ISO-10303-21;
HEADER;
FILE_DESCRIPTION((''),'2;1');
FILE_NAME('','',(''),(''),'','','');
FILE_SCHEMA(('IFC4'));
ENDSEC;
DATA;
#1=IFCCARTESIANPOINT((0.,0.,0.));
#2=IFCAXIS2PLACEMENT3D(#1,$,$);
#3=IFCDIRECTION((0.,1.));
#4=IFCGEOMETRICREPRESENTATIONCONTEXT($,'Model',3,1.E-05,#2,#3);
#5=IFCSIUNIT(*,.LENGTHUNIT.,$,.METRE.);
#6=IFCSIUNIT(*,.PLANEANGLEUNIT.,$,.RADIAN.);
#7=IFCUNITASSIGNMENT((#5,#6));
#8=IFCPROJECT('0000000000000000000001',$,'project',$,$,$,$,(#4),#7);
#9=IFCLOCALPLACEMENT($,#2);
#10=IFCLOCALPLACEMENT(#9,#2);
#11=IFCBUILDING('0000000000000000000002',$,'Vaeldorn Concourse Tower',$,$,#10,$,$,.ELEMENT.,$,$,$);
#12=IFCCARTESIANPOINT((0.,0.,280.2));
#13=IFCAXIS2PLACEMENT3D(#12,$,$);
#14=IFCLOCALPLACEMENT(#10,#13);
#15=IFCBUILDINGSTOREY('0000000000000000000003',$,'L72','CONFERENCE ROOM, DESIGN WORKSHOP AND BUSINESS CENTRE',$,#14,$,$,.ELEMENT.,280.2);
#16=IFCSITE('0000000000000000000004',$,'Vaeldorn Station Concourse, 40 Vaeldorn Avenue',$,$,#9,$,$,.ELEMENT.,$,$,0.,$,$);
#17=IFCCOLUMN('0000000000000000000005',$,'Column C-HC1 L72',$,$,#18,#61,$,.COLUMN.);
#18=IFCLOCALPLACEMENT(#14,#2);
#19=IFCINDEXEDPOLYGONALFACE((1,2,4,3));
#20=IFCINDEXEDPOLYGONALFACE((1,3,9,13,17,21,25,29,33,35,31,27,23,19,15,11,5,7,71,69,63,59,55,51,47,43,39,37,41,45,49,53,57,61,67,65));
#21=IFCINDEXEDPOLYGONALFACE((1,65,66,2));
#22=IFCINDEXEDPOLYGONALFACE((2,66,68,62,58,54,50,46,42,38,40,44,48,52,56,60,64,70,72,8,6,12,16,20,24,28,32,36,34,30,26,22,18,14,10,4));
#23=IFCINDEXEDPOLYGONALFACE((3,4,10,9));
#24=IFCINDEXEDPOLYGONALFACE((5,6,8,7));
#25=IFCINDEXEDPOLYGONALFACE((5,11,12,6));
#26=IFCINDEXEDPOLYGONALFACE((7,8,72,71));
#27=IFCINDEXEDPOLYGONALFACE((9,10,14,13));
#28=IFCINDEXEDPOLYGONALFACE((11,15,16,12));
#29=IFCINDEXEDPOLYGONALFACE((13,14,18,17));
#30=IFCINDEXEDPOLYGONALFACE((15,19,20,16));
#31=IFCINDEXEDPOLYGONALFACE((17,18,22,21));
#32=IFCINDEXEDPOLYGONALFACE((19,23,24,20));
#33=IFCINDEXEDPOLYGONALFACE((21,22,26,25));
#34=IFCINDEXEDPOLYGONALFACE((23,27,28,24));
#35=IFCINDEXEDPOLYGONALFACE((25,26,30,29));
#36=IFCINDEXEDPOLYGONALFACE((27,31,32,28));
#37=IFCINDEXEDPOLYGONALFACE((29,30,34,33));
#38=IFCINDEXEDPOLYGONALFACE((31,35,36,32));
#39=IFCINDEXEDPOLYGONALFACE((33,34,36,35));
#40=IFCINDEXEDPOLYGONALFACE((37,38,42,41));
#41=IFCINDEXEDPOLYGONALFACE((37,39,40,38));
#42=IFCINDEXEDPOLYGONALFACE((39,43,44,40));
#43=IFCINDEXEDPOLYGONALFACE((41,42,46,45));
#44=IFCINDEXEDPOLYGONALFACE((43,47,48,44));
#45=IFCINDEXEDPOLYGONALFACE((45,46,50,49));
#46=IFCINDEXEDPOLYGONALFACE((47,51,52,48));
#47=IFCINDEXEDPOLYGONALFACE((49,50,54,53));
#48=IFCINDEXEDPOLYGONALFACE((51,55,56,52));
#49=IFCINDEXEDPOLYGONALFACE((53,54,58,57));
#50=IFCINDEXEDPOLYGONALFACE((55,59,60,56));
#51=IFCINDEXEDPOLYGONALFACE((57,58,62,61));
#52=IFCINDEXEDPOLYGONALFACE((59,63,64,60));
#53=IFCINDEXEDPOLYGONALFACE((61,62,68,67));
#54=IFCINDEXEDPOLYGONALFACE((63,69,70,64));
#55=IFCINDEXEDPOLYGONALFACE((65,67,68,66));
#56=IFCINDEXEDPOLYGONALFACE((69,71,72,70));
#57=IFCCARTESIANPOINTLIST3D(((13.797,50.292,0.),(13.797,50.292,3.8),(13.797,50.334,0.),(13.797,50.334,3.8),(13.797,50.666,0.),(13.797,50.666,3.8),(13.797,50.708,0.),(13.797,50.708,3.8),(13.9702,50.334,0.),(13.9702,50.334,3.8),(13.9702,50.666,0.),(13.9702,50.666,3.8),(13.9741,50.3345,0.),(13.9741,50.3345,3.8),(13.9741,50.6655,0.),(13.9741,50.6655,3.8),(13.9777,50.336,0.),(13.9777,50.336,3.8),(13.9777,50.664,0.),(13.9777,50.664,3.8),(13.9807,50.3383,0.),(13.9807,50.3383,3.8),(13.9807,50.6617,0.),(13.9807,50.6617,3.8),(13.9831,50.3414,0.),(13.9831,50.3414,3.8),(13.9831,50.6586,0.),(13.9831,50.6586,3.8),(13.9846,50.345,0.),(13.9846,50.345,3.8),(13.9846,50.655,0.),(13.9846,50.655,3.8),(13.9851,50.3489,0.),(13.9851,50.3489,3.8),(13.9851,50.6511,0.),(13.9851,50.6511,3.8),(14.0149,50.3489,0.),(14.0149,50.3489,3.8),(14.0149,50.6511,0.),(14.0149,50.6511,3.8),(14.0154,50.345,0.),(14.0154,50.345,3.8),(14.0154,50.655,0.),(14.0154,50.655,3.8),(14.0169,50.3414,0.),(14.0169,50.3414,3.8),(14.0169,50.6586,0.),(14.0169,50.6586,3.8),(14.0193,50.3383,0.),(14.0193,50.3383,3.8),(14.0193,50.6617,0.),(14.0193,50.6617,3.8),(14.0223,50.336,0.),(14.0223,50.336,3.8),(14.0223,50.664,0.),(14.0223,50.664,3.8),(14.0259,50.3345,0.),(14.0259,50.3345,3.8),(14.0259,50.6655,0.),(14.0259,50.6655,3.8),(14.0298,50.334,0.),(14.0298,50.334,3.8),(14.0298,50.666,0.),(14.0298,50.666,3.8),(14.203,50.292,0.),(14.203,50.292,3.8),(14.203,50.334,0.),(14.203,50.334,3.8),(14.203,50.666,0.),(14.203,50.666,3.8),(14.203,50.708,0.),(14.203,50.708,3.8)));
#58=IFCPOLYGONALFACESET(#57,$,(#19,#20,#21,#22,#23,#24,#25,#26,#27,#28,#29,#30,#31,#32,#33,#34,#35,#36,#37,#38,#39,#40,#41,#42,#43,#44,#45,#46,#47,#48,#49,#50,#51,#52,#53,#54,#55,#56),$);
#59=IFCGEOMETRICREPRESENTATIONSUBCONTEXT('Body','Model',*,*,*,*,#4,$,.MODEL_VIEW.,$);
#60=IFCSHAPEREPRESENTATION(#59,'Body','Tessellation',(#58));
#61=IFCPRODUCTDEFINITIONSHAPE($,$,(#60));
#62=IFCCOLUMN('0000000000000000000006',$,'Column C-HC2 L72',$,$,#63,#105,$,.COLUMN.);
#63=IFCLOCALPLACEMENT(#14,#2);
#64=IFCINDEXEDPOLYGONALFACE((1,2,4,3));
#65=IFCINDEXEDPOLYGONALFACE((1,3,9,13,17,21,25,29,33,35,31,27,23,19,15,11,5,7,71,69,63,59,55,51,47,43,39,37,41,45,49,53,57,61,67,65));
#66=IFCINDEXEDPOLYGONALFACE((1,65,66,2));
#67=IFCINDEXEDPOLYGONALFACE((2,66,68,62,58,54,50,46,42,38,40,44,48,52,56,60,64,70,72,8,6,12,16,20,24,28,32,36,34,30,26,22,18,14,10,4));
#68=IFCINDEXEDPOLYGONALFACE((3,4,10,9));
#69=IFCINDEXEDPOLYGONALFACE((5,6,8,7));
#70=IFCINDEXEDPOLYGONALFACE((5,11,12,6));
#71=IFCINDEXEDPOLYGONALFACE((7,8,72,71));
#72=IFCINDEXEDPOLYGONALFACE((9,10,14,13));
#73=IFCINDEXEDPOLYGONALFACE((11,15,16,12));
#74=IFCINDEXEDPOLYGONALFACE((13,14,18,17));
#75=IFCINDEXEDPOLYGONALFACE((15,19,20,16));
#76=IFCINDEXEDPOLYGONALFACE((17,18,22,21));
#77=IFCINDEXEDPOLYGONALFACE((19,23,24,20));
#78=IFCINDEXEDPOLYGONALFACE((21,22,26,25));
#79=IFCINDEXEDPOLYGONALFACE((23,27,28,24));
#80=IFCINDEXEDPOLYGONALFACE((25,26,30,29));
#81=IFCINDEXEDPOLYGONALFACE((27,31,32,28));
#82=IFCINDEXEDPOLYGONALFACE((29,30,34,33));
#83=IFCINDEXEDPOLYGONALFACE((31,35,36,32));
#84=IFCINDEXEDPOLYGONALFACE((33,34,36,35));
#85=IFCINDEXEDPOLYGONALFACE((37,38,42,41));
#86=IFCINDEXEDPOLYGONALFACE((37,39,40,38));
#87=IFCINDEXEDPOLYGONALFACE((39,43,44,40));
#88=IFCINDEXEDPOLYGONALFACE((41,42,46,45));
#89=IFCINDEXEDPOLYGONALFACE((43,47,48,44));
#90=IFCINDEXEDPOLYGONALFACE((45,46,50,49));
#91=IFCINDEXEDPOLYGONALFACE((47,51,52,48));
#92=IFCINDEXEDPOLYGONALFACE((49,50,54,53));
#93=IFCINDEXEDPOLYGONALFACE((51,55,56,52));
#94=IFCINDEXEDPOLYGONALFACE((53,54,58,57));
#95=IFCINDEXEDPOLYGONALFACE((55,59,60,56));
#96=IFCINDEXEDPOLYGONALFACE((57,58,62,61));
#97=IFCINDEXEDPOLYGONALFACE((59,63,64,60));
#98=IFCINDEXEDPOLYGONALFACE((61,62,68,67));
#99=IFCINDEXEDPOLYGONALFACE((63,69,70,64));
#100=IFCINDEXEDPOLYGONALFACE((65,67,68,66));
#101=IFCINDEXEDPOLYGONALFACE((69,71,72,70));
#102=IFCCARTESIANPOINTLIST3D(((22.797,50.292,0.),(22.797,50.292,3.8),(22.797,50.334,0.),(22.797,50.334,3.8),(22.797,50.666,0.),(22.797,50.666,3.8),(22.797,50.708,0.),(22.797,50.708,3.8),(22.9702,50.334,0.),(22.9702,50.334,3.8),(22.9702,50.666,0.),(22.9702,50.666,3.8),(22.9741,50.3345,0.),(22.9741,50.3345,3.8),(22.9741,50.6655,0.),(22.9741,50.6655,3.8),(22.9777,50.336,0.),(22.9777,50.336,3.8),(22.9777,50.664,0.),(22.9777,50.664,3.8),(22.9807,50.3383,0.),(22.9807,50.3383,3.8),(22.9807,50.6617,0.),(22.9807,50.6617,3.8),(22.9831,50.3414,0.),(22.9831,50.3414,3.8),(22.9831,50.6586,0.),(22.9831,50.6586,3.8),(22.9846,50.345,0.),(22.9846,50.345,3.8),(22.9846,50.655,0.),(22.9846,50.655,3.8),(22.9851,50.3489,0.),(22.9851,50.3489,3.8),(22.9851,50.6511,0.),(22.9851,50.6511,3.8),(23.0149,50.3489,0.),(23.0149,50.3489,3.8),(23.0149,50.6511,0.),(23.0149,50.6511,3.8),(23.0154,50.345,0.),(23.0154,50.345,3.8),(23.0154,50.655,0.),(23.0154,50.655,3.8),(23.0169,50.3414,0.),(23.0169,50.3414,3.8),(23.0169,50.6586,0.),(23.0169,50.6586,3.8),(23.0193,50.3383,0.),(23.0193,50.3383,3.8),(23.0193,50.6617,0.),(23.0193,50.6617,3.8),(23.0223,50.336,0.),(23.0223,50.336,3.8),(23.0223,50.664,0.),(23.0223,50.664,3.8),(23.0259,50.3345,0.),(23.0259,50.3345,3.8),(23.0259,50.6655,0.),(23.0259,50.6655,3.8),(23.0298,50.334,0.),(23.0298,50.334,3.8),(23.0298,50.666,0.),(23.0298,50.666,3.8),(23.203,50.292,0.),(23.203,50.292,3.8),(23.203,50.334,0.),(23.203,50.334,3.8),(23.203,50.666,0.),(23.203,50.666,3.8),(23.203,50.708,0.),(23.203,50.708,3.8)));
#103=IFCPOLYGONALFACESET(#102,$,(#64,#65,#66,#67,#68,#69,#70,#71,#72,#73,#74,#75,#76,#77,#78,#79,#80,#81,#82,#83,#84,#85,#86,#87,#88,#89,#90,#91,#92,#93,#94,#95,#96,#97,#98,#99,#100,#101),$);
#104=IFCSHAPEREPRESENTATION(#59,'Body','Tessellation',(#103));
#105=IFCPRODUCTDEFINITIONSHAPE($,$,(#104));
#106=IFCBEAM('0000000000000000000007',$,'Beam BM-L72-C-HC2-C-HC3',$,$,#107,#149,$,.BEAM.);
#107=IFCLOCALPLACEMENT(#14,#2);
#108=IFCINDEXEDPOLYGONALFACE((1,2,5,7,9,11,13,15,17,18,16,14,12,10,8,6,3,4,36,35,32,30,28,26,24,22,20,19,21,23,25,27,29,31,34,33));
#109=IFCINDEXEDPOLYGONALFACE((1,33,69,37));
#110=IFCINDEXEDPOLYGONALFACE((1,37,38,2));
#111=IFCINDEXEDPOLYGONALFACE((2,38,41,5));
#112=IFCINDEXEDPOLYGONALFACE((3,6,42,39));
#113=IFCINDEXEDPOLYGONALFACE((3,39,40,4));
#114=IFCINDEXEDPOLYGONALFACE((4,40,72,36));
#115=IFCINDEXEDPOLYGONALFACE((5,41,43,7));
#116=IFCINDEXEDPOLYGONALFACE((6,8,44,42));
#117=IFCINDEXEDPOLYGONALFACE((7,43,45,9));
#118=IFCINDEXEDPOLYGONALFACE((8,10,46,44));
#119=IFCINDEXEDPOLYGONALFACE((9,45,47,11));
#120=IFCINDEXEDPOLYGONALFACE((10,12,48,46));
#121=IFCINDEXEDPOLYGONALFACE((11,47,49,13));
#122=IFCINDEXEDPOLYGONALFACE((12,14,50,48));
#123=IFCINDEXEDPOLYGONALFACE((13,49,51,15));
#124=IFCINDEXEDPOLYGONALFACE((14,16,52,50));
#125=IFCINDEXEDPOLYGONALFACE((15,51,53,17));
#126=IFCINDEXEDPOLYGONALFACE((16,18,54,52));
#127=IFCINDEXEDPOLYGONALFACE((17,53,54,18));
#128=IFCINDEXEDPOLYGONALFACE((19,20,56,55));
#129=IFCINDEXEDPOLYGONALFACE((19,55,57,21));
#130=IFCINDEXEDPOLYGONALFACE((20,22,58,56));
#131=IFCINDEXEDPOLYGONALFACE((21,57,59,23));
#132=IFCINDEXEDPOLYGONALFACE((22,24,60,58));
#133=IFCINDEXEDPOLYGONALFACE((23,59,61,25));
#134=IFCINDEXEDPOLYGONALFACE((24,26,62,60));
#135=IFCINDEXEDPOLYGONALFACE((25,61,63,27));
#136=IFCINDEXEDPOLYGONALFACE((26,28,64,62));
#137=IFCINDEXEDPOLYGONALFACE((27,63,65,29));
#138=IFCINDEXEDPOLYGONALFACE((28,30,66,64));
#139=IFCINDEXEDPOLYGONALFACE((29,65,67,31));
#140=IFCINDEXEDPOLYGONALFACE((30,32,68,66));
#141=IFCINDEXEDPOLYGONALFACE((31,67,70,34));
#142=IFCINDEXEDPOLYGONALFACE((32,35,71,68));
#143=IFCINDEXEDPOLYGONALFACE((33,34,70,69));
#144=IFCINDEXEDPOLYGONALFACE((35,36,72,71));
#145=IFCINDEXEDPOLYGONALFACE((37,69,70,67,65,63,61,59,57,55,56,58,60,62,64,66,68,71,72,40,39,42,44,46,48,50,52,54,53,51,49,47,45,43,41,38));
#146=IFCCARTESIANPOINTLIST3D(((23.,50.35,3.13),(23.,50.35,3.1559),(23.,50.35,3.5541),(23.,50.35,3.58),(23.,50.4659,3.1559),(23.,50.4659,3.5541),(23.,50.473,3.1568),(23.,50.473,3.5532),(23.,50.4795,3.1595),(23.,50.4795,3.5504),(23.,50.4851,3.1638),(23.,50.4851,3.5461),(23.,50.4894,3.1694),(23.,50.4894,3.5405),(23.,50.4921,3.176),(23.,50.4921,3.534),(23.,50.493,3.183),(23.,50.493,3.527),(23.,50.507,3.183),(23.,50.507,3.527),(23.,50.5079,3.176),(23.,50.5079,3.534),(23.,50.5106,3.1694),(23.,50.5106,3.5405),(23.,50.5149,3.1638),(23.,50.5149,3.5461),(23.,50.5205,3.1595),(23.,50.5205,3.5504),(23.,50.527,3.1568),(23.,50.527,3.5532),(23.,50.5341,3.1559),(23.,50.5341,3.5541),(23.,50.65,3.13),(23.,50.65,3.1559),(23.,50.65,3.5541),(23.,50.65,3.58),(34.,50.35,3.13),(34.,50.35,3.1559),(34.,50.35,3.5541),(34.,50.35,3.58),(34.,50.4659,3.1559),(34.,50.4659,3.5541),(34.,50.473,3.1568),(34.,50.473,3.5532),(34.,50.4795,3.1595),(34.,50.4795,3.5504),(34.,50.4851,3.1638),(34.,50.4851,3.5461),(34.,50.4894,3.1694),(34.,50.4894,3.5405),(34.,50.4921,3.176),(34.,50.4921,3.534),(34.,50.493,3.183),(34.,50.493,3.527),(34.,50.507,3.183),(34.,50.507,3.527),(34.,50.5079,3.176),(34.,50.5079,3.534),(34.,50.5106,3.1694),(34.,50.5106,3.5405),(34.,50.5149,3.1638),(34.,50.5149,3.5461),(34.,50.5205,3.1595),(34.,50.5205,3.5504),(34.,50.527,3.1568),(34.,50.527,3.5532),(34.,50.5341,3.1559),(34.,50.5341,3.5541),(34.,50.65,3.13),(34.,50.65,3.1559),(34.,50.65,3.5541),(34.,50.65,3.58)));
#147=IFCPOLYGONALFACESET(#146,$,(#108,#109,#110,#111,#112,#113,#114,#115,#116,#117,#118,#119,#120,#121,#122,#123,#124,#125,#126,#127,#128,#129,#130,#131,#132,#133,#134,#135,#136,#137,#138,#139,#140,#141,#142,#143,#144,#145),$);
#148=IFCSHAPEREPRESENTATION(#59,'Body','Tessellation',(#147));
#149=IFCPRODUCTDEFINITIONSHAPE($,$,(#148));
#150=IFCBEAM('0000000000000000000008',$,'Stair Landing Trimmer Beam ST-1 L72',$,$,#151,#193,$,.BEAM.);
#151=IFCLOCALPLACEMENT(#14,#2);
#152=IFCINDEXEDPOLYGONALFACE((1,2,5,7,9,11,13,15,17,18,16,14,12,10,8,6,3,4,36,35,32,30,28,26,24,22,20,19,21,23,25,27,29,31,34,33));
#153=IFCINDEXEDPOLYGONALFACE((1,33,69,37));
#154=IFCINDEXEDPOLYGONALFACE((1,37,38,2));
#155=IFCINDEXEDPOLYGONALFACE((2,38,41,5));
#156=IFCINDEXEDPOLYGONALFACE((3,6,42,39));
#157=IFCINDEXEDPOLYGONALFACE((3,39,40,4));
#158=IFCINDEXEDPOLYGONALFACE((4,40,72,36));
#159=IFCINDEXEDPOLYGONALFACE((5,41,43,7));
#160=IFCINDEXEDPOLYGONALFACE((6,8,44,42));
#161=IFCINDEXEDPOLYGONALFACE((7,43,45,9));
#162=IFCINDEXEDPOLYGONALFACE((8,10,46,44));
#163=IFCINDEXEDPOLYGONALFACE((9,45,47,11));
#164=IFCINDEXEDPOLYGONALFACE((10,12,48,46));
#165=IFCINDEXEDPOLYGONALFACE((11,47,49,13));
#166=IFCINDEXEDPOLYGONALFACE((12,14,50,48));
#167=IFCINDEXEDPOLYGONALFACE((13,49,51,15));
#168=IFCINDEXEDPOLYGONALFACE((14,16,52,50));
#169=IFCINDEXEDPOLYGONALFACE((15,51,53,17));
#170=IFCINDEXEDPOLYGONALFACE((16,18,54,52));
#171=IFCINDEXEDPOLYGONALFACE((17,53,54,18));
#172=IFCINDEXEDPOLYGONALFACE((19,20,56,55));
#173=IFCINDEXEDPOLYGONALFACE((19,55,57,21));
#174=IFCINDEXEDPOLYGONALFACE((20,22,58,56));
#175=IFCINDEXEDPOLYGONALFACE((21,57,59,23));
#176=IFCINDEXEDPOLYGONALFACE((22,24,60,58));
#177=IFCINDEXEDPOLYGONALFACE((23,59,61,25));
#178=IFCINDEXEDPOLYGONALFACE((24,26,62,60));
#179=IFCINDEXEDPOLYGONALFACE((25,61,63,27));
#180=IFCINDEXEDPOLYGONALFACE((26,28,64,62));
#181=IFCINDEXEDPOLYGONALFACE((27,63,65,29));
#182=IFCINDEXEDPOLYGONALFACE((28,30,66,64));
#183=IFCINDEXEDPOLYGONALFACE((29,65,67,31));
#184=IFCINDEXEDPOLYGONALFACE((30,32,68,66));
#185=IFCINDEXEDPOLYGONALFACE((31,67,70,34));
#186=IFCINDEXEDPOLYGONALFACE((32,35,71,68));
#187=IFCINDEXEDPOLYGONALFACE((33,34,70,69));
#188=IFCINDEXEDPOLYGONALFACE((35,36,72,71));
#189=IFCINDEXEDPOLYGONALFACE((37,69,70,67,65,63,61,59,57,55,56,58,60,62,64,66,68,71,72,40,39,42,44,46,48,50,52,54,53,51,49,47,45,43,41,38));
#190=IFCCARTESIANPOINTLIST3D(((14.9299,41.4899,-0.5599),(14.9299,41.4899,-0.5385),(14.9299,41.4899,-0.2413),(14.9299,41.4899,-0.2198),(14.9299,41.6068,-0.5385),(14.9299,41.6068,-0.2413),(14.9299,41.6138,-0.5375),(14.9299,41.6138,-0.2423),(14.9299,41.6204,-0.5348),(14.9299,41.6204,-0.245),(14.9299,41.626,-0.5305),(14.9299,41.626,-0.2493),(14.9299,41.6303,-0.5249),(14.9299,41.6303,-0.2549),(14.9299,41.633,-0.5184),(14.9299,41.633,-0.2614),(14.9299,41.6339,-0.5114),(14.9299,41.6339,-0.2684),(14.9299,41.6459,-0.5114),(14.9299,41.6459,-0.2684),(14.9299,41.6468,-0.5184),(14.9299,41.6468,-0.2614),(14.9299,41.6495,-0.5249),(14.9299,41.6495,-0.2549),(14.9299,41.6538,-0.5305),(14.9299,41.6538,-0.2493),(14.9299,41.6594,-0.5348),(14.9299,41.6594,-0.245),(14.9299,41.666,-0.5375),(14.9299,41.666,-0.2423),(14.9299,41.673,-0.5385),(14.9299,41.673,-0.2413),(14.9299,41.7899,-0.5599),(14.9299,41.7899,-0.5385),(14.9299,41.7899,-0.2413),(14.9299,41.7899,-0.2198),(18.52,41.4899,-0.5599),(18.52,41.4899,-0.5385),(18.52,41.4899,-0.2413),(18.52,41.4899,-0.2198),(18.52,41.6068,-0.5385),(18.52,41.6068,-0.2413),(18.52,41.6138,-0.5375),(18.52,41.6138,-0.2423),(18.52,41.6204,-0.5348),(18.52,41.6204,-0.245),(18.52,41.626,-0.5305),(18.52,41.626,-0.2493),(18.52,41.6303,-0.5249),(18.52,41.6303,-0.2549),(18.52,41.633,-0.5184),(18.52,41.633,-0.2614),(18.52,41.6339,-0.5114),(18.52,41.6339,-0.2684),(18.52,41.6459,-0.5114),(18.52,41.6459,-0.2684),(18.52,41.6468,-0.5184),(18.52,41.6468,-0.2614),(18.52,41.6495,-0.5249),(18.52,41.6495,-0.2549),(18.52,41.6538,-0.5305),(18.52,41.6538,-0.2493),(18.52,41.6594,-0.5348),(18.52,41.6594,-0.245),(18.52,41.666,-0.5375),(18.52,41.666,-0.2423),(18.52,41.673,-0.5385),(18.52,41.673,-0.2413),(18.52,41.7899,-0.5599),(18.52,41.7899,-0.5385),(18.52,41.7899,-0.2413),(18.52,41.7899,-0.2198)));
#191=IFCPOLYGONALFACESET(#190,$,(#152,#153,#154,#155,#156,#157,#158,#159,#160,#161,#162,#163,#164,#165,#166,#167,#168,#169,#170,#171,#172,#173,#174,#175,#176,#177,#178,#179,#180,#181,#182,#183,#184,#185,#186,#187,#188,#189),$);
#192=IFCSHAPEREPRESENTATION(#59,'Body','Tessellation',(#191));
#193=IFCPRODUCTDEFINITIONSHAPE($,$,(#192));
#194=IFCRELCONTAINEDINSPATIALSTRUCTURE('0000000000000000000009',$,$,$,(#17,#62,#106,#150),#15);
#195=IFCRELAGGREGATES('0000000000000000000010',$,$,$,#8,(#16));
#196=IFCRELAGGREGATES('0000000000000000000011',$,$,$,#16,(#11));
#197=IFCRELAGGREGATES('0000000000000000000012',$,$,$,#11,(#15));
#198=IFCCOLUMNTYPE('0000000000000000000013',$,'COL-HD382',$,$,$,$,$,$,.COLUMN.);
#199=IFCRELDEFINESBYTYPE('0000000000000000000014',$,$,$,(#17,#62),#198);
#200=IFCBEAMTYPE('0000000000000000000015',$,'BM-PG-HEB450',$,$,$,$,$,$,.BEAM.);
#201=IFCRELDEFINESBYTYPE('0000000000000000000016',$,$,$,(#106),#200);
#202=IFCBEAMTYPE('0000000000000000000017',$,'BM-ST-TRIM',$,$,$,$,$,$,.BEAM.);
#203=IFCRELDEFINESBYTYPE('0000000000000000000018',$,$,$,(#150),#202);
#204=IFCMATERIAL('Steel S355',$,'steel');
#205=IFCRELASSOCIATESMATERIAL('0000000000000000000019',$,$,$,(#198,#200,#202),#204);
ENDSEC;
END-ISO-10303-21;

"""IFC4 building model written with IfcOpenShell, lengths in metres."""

from ifc_helpers import new_model, si_unit, direction, frame, origin, origin_2d, place, context, subcontext, project, spatial, i_section, extrude, source, transform, mapped, material, material_profile, profile_set, type_object, element, save


model = new_model("IFC4")

# Units and contexts
model_context = context("Model", 3, precision=1e-05, world=origin(), true_north=direction((0.0, 1.0)))
body_context = subcontext(model_context, "Body", "Model", "MODEL_VIEW")
ifc_project = project(units=[si_unit("LENGTHUNIT", "METRE"), si_unit("PLANEANGLEUNIT", "RADIAN")], contexts=[model_context])

# Site, building, storey
site_placement = place(None, origin())
site = spatial("IfcSite", under=ifc_project, at=site_placement, Name="Vaeldorn Station Concourse, 40 Vaeldorn Avenue", CompositionType="ELEMENT", RefElevation=0.0)
building_placement = place(site_placement, origin())
building = spatial("IfcBuilding", under=site, at=building_placement, Name="Vaeldorn Concourse Tower", CompositionType="ELEMENT")
storey_placement = place(building_placement, frame((0.0, 0.0, 280.2)))
storey = spatial("IfcBuildingStorey", under=building, at=storey_placement, Name="L72", Description="CONFERENCE ROOM, DESIGN WORKSHOP AND BUSINESS CENTRE", CompositionType="ELEMENT", Elevation=280.2)

# Columns
ifc_material_1 = material(Name="Steel S355", Category="steel")
ifc_material_profile_1 = material_profile(ifc_material_1, i_section(OverallWidth=0.406, OverallDepth=0.416, WebThickness=0.0298, FlangeThickness=0.042, FilletRadius=0.0149, at=origin_2d()), Name="HD 400x382")
ifc_profile_set_1 = profile_set([ifc_material_profile_1], Name="Steel S355")
column_type = type_object("IfcColumnType", Name="COL-HD382", PredefinedType="COLUMN", material=ifc_profile_set_1)
shared_shape_1 = source(origin(), body_context, "Body", "SweptSolid", [
    extrude(i_section(OverallWidth=0.406, OverallDepth=0.416, WebThickness=0.0298, FlangeThickness=0.042, FilletRadius=0.0149, at=origin_2d()), origin(), (0.0, 0.0, 1.0), 3.8),
])
for number, where, z_axis, x_axis, name in (
    (1, (14.0, 50.5, 0.0), (0.0, 0.0, 1.0), (1.0, 0.0, 0.0), "Column C-HC1 L72"),
    (2, (23.0, 50.5, 0.0), (0.0, 0.0, 1.0), (1.0, 0.0, 0.0), "Column C-HC2 L72"),
):
    element("IfcColumn", number, at=place(storey_placement, frame(where, z_axis=z_axis, x_axis=x_axis)), inside=storey, type_object=column_type, Name=name, PredefinedType="COLUMN", context=body_context, shape_type="MappedRepresentation", body=[
        mapped(shared_shape_1, transform((0.0, 0.0, 0.0), scale=1.0)),
    ])

# Beams
ifc_material_profile_2 = material_profile(ifc_material_1, i_section(OverallWidth=0.3, OverallDepth=0.45, WebThickness=0.0139, FlangeThickness=0.0259, FilletRadius=0.0271, at=origin_2d()), Name="HEB 450")
ifc_profile_set_2 = profile_set([ifc_material_profile_2], Name="Steel S355")
beam_type_1 = type_object("IfcBeamType", Name="BM-PG-HEB450", PredefinedType="BEAM", material=ifc_profile_set_2)
shared_shape_2 = source(origin(), body_context, "Body", "SweptSolid", [
    extrude(i_section(OverallWidth=0.3, OverallDepth=0.45, WebThickness=0.0139, FlangeThickness=0.0259, FilletRadius=0.0271, at=origin_2d()), origin(), (0.0, 0.0, 1.0), 11.0),
])
beam_1_placement = place(storey_placement, frame((23.0, 50.5, 3.355), z_axis=(1.0, 0.0, 0.0), x_axis=(0.0, 1.0, 0.0)))
element("IfcBeam", 3, at=beam_1_placement, inside=storey, type_object=beam_type_1, Name="Beam BM-L72-C-HC2-C-HC3", PredefinedType="BEAM", context=body_context, shape_type="MappedRepresentation", body=[
    mapped(shared_shape_2, transform((0.0, 0.0, 0.0), scale=1.0)),
])
ifc_material_profile_3 = material_profile(ifc_material_1, i_section(OverallWidth=0.3, OverallDepth=0.3401, WebThickness=0.012, FlangeThickness=0.0215, FilletRadius=0.0271, at=origin_2d()), Name="HEB 340")
ifc_profile_set_3 = profile_set([ifc_material_profile_3], Name="Steel S355")
beam_type_2 = type_object("IfcBeamType", Name="BM-ST-TRIM", PredefinedType="BEAM", material=ifc_profile_set_3)
shared_shape_3 = source(origin(), body_context, "Body", "SweptSolid", [
    extrude(i_section(OverallWidth=0.3, OverallDepth=0.3401, WebThickness=0.012, FlangeThickness=0.0215, FilletRadius=0.0271, at=origin_2d()), origin(), (0.0, 0.0, 1.0), 3.5901),
])
beam_2_placement = place(storey_placement, frame((14.9299, 41.6399, -0.3899), z_axis=(1.0, 0.0, 0.0), x_axis=(0.0, 1.0, 0.0)))
element("IfcBeam", 4, at=beam_2_placement, inside=storey, type_object=beam_type_2, Name="Stair Landing Trimmer Beam ST-1 L72", PredefinedType="BEAM", context=body_context, shape_type="MappedRepresentation", body=[
    mapped(shared_shape_3, transform((0.0, 0.0, 0.0), scale=1.0)),
])

save(model, "model.ifc")
